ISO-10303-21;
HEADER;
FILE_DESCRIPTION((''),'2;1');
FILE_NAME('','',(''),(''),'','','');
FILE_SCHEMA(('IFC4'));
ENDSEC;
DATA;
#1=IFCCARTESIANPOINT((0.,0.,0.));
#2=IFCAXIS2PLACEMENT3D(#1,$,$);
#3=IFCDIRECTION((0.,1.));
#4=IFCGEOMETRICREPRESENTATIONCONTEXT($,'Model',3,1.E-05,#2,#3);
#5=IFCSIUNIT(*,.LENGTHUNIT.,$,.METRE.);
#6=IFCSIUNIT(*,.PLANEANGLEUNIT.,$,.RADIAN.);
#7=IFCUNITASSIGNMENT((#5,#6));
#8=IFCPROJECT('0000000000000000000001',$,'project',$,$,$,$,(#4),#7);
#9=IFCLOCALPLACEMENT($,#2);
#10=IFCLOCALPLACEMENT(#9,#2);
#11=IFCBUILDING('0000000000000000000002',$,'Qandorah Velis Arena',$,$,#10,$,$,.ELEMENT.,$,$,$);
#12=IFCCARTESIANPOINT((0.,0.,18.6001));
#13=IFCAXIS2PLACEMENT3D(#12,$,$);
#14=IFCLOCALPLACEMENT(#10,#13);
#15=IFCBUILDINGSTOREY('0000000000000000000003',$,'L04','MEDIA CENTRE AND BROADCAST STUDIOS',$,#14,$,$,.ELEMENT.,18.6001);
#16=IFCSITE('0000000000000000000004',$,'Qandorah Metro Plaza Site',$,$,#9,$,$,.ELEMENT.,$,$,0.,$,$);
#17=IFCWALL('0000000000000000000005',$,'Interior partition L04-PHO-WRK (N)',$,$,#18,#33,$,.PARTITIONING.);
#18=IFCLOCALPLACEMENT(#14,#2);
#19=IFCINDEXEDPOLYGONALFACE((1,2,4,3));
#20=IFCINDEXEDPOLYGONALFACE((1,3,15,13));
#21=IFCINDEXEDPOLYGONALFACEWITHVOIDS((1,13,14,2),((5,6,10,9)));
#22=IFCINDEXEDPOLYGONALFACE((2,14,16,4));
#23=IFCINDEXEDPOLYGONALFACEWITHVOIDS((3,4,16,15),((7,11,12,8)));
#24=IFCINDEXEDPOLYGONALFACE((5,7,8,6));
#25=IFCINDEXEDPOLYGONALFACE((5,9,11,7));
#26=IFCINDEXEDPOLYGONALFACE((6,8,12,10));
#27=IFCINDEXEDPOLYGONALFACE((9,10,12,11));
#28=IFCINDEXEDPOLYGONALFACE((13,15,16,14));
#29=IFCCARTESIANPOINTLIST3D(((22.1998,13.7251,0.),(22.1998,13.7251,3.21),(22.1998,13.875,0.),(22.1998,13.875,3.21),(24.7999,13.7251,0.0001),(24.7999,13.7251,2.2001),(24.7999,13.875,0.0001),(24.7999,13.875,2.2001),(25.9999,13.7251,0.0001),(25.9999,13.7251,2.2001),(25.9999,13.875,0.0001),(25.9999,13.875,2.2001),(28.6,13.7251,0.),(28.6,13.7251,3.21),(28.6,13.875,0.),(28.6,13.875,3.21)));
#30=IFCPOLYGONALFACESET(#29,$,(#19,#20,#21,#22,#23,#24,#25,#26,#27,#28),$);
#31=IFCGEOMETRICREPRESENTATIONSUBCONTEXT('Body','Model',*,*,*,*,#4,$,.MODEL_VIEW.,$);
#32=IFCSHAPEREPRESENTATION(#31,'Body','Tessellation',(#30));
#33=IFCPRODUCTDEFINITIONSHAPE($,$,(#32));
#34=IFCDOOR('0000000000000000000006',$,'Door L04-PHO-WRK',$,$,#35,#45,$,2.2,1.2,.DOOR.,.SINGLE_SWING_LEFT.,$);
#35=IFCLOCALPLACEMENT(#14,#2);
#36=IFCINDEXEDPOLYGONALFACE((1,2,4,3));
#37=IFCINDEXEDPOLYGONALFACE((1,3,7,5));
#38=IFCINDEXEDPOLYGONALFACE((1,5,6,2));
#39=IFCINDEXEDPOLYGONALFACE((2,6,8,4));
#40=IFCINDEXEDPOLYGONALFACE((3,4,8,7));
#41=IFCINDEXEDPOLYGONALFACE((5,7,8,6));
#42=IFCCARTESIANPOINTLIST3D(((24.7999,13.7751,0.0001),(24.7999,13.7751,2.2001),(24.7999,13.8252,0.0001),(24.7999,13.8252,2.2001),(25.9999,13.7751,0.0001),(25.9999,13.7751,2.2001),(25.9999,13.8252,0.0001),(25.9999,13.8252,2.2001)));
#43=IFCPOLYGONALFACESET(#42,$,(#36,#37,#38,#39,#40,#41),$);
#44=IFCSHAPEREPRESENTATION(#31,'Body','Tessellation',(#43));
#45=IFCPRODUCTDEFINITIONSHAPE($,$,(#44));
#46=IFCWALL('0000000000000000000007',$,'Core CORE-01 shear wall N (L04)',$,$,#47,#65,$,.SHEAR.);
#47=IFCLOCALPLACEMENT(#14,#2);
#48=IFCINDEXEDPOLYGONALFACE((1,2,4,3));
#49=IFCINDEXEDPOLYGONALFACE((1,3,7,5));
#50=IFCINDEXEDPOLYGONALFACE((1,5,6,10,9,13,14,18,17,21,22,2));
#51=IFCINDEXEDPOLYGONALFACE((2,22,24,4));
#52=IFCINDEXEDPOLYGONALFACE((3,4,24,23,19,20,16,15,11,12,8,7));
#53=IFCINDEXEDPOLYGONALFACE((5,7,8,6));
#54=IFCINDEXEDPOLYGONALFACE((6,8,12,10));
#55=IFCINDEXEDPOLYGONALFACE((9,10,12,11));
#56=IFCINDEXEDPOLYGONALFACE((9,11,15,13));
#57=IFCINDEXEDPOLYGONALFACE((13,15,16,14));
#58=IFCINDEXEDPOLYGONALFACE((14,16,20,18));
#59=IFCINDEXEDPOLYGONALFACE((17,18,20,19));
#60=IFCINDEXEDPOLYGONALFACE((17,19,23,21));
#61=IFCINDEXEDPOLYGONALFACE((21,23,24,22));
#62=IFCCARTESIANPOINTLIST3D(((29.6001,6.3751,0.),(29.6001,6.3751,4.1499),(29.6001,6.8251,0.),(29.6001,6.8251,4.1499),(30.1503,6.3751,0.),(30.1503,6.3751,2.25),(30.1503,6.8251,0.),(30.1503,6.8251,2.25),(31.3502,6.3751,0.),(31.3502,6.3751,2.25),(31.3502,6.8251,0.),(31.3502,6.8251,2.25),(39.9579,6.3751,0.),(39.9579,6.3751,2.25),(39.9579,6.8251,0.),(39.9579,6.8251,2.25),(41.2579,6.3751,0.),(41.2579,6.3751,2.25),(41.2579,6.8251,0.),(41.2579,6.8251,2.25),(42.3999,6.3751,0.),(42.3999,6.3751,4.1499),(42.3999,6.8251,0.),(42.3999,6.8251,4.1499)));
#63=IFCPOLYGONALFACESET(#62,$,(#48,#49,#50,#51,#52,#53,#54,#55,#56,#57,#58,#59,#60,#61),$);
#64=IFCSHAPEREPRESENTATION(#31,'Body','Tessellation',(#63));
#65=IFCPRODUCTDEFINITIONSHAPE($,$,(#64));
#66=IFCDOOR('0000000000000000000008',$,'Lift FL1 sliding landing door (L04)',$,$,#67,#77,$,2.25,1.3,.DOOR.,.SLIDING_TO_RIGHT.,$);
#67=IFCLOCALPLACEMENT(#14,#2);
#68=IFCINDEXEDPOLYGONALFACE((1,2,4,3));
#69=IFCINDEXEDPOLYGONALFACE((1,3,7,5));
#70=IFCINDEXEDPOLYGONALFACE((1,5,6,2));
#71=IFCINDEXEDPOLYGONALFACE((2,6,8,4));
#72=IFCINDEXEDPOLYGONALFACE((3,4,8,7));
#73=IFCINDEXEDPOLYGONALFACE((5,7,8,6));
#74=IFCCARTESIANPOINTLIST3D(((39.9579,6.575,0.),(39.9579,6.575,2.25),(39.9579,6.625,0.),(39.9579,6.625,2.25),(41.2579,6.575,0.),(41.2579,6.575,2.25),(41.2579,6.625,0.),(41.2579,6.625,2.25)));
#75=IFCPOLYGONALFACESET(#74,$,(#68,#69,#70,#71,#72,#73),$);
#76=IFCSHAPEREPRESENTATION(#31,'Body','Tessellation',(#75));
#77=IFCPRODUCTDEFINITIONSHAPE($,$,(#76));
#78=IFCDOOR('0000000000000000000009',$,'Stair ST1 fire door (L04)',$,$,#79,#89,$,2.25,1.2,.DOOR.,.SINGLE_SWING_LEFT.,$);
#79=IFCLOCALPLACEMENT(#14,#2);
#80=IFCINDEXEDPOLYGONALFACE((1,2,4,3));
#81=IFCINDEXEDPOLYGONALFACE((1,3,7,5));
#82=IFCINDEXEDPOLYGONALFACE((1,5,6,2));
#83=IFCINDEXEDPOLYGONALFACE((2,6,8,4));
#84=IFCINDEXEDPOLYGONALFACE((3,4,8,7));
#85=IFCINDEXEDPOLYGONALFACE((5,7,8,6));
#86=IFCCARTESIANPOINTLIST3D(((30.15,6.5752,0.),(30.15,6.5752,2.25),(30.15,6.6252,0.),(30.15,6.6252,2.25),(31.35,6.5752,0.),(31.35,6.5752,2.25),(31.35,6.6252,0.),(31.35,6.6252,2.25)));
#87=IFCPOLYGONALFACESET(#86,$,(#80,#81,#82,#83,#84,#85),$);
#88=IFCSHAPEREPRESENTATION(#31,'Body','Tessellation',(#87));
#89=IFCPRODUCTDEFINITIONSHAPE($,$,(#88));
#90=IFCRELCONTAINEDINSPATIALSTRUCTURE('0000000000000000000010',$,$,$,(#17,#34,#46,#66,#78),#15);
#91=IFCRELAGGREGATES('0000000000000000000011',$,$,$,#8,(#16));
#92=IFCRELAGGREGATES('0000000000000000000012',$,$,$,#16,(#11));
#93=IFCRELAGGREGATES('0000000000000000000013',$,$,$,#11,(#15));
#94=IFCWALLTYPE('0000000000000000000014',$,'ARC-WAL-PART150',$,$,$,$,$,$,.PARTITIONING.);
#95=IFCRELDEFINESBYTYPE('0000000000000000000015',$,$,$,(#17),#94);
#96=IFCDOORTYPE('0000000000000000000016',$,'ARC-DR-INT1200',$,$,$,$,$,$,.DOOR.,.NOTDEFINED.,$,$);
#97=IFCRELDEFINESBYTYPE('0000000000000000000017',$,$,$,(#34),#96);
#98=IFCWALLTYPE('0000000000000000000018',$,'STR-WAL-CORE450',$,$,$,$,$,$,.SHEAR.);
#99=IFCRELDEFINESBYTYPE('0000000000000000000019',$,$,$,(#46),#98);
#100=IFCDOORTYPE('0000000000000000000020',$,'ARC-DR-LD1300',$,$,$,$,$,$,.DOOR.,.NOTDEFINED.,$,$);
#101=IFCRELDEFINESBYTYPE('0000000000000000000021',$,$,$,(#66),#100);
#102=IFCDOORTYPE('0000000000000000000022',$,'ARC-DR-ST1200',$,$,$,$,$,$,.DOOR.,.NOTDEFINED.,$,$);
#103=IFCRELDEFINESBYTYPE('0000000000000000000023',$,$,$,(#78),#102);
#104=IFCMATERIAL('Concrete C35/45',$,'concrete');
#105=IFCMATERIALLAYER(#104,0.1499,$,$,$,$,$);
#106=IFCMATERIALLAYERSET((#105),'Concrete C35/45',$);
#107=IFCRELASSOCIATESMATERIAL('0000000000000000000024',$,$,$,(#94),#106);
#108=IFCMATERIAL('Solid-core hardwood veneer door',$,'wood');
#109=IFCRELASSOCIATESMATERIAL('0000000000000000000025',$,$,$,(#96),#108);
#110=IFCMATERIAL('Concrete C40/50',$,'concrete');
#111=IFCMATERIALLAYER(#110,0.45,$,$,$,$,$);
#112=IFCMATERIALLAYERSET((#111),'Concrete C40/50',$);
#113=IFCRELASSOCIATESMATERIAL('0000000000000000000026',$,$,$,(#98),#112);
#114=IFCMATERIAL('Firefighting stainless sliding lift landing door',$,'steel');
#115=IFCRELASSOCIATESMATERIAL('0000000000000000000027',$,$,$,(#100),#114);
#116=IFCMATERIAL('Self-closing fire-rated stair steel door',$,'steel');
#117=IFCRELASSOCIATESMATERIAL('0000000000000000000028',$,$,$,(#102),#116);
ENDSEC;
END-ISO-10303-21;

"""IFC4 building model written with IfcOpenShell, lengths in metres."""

from ifc_helpers import new_model, si_unit, direction, frame, frame_2d, origin, place, context, subcontext, project, spatial, rectangle, extrude, material, layer, layer_set, type_object, element, fill, save


model = new_model("IFC4")

# Units and contexts
model_context = context("Model", 3, precision=1e-05, world=origin(), true_north=direction((0.0, 1.0)))
body_context = subcontext(model_context, "Body", "Model", "MODEL_VIEW")
ifc_project = project(units=[si_unit("LENGTHUNIT", "METRE"), si_unit("PLANEANGLEUNIT", "RADIAN")], contexts=[model_context])

# Site, building, storey
site_placement = place(None, origin())
site = spatial("IfcSite", under=ifc_project, at=site_placement, Name="Qandorah Metro Plaza Site", CompositionType="ELEMENT", RefElevation=0.0)
building_placement = place(site_placement, origin())
building = spatial("IfcBuilding", under=site, at=building_placement, Name="Qandorah Velis Arena", CompositionType="ELEMENT")
storey_placement = place(building_placement, frame((0.0, 0.0, 18.6001)))
storey = spatial("IfcBuildingStorey", under=building, at=storey_placement, Name="L04", Description="MEDIA CENTRE AND BROADCAST STUDIOS", CompositionType="ELEMENT", Elevation=18.6001)

# Shared definitions
ifc_material_1 = material(Name="Concrete C40/50", Category="concrete")

# Shared definitions
ifc_material_2 = material(Name="Concrete C35/45", Category="concrete")

# Wall, opening, door
ifc_layer_1 = layer(ifc_material_2, 0.1499)
ifc_layer_set_1 = layer_set([ifc_layer_1], Name="Concrete C35/45")
wall_type_1 = type_object("IfcWallType", Name="ARC-WAL-PART150", PredefinedType="PARTITIONING", material=ifc_layer_set_1)
wall_1_placement = place(storey_placement, frame((28.6001, 13.8, 0.0), z_axis=(0.0, 0.0, 1.0), x_axis=(-1.0, 0.0, 0.0)))
wall_1 = element("IfcWall", 1, at=wall_1_placement, inside=storey, type_object=wall_type_1, Name="Interior partition L04-PHO-WRK (N)", PredefinedType="PARTITIONING", context=body_context, shape_type="SweptSolid", body=[
    extrude(rectangle(XDim=6.4001, YDim=0.1499, at=frame_2d((3.2002, 0.0))), origin(), (0.0, 0.0, 1.0), 3.21),
])
opening_1_placement = place(wall_1_placement, frame((2.6001, 0.0, 0.0)))
opening_1 = element("IfcOpeningElement", 2, at=opening_1_placement, cuts=wall_1, PredefinedType="OPENING", context=body_context, shape_type="SweptSolid", body=[
    extrude(rectangle(XDim=1.2, YDim=2.2, at=frame_2d((0.6001, 1.1001))), frame((0.0, 0.085, 0.0), z_axis=(0.0, -1.0, 0.0), x_axis=(1.0, 0.0, 0.0)), (0.0, 0.0, 1.0), 0.1699),
])
ifc_material_3 = material(Name="Solid-core hardwood veneer door", Category="wood")
door_type_1 = type_object("IfcDoorType", Name="ARC-DR-INT1200", OperationType="NOTDEFINED", PredefinedType="DOOR", material=ifc_material_3)
door_1_placement = place(opening_1_placement, origin())
door_1 = element("IfcDoor", 3, at=door_1_placement, inside=storey, type_object=door_type_1, Name="Door L04-PHO-WRK", OperationType="SINGLE_SWING_LEFT", OverallHeight=2.2, OverallWidth=1.2, PredefinedType="DOOR", context=body_context, shape_type="SweptSolid", body=[
    extrude(rectangle(XDim=1.2, YDim=2.2, at=frame_2d((0.6001, 1.1001))), frame((0.0, 0.0249, 0.0), z_axis=(0.0, -1.0, 0.0), x_axis=(1.0, 0.0, 0.0)), (0.0, 0.0, 1.0), 0.05),
])
fill(opening_1, door_1)

# Wall, openings, doors
ifc_layer_2 = layer(ifc_material_1, 0.45)
ifc_layer_set_2 = layer_set([ifc_layer_2], Name="Concrete C40/50")
wall_type_2 = type_object("IfcWallType", Name="STR-WAL-CORE450", PredefinedType="SHEAR", material=ifc_layer_set_2)
wall_2_placement = place(storey_placement, frame((29.6001, 6.6001, 0.0), z_axis=(0.0, 0.0, 1.0), x_axis=(1.0, 0.0, 0.0)))
wall_2 = element("IfcWall", 4, at=wall_2_placement, inside=storey, type_object=wall_type_2, Name="Core CORE-01 shear wall N (L04)", PredefinedType="SHEAR", context=body_context, shape_type="SweptSolid", body=[
    extrude(rectangle(XDim=12.7998, YDim=0.45, at=frame_2d((6.3999, 0.0))), origin(), (0.0, 0.0, 1.0), 4.1499),
])
opening_2_placement = place(wall_2_placement, frame((0.55, 0.0, 0.0)))
opening_2 = element("IfcOpeningElement", 5, at=opening_2_placement, cuts=wall_2, PredefinedType="OPENING", context=body_context, shape_type="SweptSolid", body=[
    extrude(rectangle(XDim=1.2, YDim=2.25, at=frame_2d((0.6001, 1.125))), frame((0.0, 0.2349, 0.0), z_axis=(0.0, -1.0, 0.0), x_axis=(1.0, 0.0, 0.0)), (0.0, 0.0, 1.0), 0.47),
])
opening_3_placement = place(wall_2_placement, frame((10.3579, 0.0, 0.0)))
opening_3 = element("IfcOpeningElement", 6, at=opening_3_placement, cuts=wall_2, PredefinedType="OPENING", context=body_context, shape_type="SweptSolid", body=[
    extrude(rectangle(XDim=1.3, YDim=2.25, at=frame_2d((0.6499, 1.125))), frame((0.0, 0.2349, 0.0), z_axis=(0.0, -1.0, 0.0), x_axis=(1.0, 0.0, 0.0)), (0.0, 0.0, 1.0), 0.47),
])
ifc_material_4 = material(Name="Firefighting stainless sliding lift landing door", Category="steel")
door_type_2 = type_object("IfcDoorType", Name="ARC-DR-LD1300", OperationType="NOTDEFINED", PredefinedType="DOOR", material=ifc_material_4)
door_2_placement = place(opening_3_placement, origin())
door_2 = element("IfcDoor", 7, at=door_2_placement, inside=storey, type_object=door_type_2, Name="Lift FL1 sliding landing door (L04)", OperationType="SLIDING_TO_RIGHT", OverallHeight=2.25, OverallWidth=1.3, PredefinedType="DOOR", context=body_context, shape_type="SweptSolid", body=[
    extrude(rectangle(XDim=1.3, YDim=2.25, at=frame_2d((0.6499, 1.125))), frame((0.0, 0.0249, 0.0), z_axis=(0.0, -1.0, 0.0), x_axis=(1.0, 0.0, 0.0)), (0.0, 0.0, 1.0), 0.05),
])
fill(opening_3, door_2)
ifc_material_5 = material(Name="Self-closing fire-rated stair steel door", Category="steel")
door_type_3 = type_object("IfcDoorType", Name="ARC-DR-ST1200", OperationType="NOTDEFINED", PredefinedType="DOOR", material=ifc_material_5)
door_3_placement = place(opening_2_placement, frame((1.2, 0.0, 0.0), z_axis=(0.0, 0.0, 1.0), x_axis=(-1.0, 0.0, 0.0)))
door_3 = element("IfcDoor", 8, at=door_3_placement, inside=storey, type_object=door_type_3, Name="Stair ST1 fire door (L04)", OperationType="SINGLE_SWING_LEFT", OverallHeight=2.25, OverallWidth=1.2, PredefinedType="DOOR", context=body_context, shape_type="SweptSolid", body=[
    extrude(rectangle(XDim=1.2, YDim=2.25, at=frame_2d((0.6001, 1.125))), frame((0.0, 0.0249, 0.0), z_axis=(0.0, -1.0, 0.0), x_axis=(1.0, 0.0, 0.0)), (0.0, 0.0, 1.0), 0.05),
])
fill(opening_2, door_3)

save(model, "model.ifc")
